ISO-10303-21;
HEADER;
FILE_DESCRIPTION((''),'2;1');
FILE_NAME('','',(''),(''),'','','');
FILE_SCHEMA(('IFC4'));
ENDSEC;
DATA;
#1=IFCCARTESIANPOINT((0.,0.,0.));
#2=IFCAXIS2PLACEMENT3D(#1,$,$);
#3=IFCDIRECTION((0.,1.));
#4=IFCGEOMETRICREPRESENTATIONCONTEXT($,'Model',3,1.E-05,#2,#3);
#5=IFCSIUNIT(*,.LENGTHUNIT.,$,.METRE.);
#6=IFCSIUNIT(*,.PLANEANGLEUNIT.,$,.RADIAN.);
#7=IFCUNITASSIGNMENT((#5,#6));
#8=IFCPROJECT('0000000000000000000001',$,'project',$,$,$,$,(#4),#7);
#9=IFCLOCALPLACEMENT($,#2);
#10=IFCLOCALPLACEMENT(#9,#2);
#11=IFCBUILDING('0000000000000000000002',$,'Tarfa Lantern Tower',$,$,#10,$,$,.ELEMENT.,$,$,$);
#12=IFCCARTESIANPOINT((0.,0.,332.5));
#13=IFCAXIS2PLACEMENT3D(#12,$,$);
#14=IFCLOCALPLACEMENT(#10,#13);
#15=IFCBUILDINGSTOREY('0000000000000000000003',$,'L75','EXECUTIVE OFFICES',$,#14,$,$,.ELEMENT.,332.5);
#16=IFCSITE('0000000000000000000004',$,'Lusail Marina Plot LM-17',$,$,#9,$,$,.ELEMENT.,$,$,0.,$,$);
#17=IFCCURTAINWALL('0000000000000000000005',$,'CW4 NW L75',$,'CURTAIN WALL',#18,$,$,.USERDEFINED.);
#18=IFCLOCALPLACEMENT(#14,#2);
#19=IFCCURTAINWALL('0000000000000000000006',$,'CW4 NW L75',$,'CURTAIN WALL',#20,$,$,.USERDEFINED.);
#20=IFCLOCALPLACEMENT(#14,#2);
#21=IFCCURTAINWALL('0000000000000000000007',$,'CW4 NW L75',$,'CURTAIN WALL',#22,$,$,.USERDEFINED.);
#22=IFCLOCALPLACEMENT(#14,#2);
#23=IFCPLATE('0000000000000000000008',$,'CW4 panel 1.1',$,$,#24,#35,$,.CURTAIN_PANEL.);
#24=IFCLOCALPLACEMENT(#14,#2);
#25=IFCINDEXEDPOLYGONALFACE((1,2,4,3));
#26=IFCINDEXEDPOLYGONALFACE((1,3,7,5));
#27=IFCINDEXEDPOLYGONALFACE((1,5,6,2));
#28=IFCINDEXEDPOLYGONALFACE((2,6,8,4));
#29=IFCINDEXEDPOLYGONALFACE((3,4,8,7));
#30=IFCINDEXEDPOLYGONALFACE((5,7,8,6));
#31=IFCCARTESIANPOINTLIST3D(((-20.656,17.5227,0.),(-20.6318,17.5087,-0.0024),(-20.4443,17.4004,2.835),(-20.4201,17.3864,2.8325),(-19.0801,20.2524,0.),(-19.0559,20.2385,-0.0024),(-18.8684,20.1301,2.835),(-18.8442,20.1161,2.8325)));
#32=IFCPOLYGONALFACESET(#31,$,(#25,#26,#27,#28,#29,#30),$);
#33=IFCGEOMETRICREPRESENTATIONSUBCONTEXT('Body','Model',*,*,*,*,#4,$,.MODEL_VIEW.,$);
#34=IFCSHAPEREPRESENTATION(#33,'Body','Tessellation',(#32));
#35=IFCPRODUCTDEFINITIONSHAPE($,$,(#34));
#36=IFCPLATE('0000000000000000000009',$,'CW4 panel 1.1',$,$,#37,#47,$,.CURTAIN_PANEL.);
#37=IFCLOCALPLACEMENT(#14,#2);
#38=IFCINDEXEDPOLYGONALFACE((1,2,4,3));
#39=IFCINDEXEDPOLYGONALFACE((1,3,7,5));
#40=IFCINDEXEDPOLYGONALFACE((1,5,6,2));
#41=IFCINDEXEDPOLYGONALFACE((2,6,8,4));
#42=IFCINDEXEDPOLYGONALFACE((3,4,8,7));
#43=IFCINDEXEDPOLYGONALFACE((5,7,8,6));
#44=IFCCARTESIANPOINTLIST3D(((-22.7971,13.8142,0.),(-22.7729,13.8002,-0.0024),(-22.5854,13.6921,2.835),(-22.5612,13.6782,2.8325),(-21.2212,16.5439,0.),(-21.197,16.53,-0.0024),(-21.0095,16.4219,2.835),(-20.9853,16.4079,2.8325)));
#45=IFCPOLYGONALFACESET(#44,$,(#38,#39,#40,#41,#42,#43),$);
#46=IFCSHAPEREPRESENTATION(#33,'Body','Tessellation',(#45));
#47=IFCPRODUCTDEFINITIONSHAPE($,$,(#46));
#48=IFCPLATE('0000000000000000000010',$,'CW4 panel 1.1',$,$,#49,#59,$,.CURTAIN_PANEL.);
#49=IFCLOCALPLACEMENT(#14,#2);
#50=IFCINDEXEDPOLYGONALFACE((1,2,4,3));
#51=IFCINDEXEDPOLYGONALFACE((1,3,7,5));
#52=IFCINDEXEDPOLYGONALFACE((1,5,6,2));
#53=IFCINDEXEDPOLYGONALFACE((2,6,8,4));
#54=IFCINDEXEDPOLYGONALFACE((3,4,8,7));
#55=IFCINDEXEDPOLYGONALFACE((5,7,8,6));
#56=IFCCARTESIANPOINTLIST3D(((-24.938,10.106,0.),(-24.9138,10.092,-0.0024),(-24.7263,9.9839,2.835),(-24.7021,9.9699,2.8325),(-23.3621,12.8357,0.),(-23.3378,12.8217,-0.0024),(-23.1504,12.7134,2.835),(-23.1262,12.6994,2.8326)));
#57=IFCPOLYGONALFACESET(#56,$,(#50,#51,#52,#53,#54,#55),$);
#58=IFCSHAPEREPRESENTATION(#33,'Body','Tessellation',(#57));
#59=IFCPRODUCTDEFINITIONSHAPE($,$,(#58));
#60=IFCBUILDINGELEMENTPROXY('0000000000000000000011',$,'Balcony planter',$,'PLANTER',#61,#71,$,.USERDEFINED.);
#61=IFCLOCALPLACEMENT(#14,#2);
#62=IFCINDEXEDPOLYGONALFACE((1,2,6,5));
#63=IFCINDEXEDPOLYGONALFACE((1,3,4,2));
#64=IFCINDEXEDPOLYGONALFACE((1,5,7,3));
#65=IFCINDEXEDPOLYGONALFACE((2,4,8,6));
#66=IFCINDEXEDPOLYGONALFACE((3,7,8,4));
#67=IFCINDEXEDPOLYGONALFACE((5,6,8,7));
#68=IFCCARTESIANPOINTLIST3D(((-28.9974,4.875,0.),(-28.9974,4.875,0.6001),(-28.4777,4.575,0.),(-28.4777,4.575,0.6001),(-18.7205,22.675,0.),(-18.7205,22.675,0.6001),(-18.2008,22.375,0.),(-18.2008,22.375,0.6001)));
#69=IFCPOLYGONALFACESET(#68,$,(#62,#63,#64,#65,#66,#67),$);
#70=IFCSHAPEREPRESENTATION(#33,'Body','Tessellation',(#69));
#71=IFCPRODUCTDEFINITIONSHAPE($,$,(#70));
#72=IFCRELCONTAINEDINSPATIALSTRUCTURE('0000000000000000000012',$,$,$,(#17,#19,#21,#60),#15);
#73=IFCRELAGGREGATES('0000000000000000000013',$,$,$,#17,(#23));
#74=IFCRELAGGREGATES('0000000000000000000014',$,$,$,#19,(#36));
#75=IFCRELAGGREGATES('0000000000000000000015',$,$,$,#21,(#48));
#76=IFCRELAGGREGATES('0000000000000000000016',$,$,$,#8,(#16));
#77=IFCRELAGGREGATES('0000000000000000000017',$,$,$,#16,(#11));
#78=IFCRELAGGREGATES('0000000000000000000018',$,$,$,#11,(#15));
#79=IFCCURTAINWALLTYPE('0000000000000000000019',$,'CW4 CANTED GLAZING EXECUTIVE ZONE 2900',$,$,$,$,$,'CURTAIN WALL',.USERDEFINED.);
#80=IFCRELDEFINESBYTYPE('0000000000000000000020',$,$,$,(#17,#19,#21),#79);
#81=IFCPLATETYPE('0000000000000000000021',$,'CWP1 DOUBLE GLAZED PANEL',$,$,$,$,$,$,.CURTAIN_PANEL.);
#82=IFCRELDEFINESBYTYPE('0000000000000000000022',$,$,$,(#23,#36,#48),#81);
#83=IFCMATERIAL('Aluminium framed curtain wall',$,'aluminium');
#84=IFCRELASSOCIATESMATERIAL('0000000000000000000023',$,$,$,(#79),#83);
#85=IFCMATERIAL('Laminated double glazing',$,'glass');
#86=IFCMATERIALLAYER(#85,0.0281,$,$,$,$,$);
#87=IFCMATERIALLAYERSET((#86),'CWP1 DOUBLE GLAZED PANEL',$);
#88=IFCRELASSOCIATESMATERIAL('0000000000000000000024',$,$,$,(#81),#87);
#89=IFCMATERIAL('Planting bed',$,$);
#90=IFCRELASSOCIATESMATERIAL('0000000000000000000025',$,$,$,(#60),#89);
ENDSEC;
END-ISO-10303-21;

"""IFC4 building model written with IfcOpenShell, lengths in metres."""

from ifc_helpers import new_model, si_unit, direction, frame, origin, origin_2d, place, context, subcontext, project, spatial, polyline, rectangle, outline, extrude, material, layer, layer_set, type_object, element, aggregate, save


model = new_model("IFC4")

# Units and contexts
model_context = context("Model", 3, precision=1e-05, world=origin(), true_north=direction((0.0, 1.0)))
body_context = subcontext(model_context, "Body", "Model", "MODEL_VIEW")
ifc_project = project(units=[si_unit("LENGTHUNIT", "METRE"), si_unit("PLANEANGLEUNIT", "RADIAN")], contexts=[model_context])

# Site, building, storey
site_placement = place(None, origin())
site = spatial("IfcSite", under=ifc_project, at=site_placement, Name="Lusail Marina Plot LM-17", CompositionType="ELEMENT", RefElevation=0.0)
building_placement = place(site_placement, origin())
building = spatial("IfcBuilding", under=site, at=building_placement, Name="Tarfa Lantern Tower", CompositionType="ELEMENT")
storey_placement = place(building_placement, frame((0.0, 0.0, 332.5)))
storey = spatial("IfcBuildingStorey", under=building, at=storey_placement, Name="L75", Description="EXECUTIVE OFFICES", CompositionType="ELEMENT", Elevation=332.5)

# Shared definitions
ifc_material_1 = material(Name="Aluminium framed curtain wall", Category="aluminium")
curtain_wall_type = type_object("IfcCurtainWallType", Name="CW4 CANTED GLAZING EXECUTIVE ZONE 2900", ElementType="CURTAIN WALL", PredefinedType="USERDEFINED", material=ifc_material_1)

# Curtain walls
curtain_wall_1_placement = place(storey_placement, origin())
curtain_wall_1 = element("IfcCurtainWall", 1, at=curtain_wall_1_placement, inside=storey, type_object=curtain_wall_type, Name="CW4 NW L75", ObjectType="CURTAIN WALL", PredefinedType="USERDEFINED")
curtain_wall_2_placement = place(storey_placement, origin())
curtain_wall_2 = element("IfcCurtainWall", 2, at=curtain_wall_2_placement, inside=storey, type_object=curtain_wall_type, Name="CW4 NW L75", ObjectType="CURTAIN WALL", PredefinedType="USERDEFINED")

# Curtain wall
curtain_wall_3_placement = place(storey_placement, origin())
curtain_wall_3 = element("IfcCurtainWall", 3, at=curtain_wall_3_placement, inside=storey, type_object=curtain_wall_type, Name="CW4 NW L75", ObjectType="CURTAIN WALL", PredefinedType="USERDEFINED")

# Plates
ifc_material_2 = material(Name="Laminated double glazing", Category="glass")
ifc_layer = layer(ifc_material_2, 0.0281)
ifc_layer_set = layer_set([ifc_layer], Name="CWP1 DOUBLE GLAZED PANEL")
plate_type = type_object("IfcPlateType", Name="CWP1 DOUBLE GLAZED PANEL", PredefinedType="CURTAIN_PANEL", material=ifc_layer_set)
plate_1_placement = place(storey_placement, frame((-19.0801, 20.2524, 0.0), z_axis=(-0.862835, 0.498131, 0.085915), x_axis=(-0.499979, -0.866037, 0.0)))
plate_1 = element("IfcPlate", 4, at=plate_1_placement, type_object=plate_type, Name="CW4 panel 1.1", PredefinedType="CURTAIN_PANEL", context=body_context, shape_type="SweptSolid", body=[
    extrude(outline(polyline([(0.0, 0.0), (3.152, 0.0), (3.1521, 2.8455), (0.0001, 2.8455), (0.0, 0.0)])), origin(), (0.0, 0.0, -1.0), 0.0281),
])
aggregate(curtain_wall_1, [plate_1])
plate_2_placement = place(storey_placement, frame((-21.2212, 16.5439, 0.0), z_axis=(-0.862838, 0.498133, 0.085872), x_axis=(-0.499979, -0.866037, 0.0)))
plate_2 = element("IfcPlate", 5, at=plate_2_placement, type_object=plate_type, Name="CW4 panel 1.1", PredefinedType="CURTAIN_PANEL", context=body_context, shape_type="SweptSolid", body=[
    extrude(outline(polyline([(0.0, 0.0), (3.152, 0.0), (3.1519, 2.8455), (-0.0001, 2.8455), (0.0, 0.0)])), origin(), (0.0, 0.0, -1.0), 0.0281),
])
aggregate(curtain_wall_2, [plate_2])
plate_3_placement = place(storey_placement, frame((-23.3621, 12.8357, 0.0), z_axis=(-0.862827, 0.498148, 0.085893), x_axis=(-0.499996, -0.866028, 0.000002)))
plate_3 = element("IfcPlate", 6, at=plate_3_placement, type_object=plate_type, Name="CW4 panel 1.1", PredefinedType="CURTAIN_PANEL", context=body_context, shape_type="SweptSolid", body=[
    extrude(outline(polyline([(0.0, 0.0), (3.152, 0.0), (3.1519, 2.8455), (0.0001, 2.8455), (0.0, 0.0)])), origin(), (0.0, 0.0, -1.0), 0.0281),
])
aggregate(curtain_wall_3, [plate_3])

# Building element proxy
ifc_material_3 = material(Name="Planting bed")
proxy_placement = place(storey_placement, frame((-23.5991, 13.625, 0.0), z_axis=(0.0, 0.0, 1.0), x_axis=(-0.5, -0.866025, 0.0)))
element("IfcBuildingElementProxy", 7, at=proxy_placement, inside=storey, material=ifc_material_3, Name="Balcony planter", ObjectType="PLANTER", PredefinedType="USERDEFINED", context=body_context, shape_type="SweptSolid", body=[
    extrude(rectangle(XDim=20.5537, YDim=0.6001, at=origin_2d()), origin(), (0.0, 0.0, 1.0), 0.6001),
])

save(model, "model.ifc")
